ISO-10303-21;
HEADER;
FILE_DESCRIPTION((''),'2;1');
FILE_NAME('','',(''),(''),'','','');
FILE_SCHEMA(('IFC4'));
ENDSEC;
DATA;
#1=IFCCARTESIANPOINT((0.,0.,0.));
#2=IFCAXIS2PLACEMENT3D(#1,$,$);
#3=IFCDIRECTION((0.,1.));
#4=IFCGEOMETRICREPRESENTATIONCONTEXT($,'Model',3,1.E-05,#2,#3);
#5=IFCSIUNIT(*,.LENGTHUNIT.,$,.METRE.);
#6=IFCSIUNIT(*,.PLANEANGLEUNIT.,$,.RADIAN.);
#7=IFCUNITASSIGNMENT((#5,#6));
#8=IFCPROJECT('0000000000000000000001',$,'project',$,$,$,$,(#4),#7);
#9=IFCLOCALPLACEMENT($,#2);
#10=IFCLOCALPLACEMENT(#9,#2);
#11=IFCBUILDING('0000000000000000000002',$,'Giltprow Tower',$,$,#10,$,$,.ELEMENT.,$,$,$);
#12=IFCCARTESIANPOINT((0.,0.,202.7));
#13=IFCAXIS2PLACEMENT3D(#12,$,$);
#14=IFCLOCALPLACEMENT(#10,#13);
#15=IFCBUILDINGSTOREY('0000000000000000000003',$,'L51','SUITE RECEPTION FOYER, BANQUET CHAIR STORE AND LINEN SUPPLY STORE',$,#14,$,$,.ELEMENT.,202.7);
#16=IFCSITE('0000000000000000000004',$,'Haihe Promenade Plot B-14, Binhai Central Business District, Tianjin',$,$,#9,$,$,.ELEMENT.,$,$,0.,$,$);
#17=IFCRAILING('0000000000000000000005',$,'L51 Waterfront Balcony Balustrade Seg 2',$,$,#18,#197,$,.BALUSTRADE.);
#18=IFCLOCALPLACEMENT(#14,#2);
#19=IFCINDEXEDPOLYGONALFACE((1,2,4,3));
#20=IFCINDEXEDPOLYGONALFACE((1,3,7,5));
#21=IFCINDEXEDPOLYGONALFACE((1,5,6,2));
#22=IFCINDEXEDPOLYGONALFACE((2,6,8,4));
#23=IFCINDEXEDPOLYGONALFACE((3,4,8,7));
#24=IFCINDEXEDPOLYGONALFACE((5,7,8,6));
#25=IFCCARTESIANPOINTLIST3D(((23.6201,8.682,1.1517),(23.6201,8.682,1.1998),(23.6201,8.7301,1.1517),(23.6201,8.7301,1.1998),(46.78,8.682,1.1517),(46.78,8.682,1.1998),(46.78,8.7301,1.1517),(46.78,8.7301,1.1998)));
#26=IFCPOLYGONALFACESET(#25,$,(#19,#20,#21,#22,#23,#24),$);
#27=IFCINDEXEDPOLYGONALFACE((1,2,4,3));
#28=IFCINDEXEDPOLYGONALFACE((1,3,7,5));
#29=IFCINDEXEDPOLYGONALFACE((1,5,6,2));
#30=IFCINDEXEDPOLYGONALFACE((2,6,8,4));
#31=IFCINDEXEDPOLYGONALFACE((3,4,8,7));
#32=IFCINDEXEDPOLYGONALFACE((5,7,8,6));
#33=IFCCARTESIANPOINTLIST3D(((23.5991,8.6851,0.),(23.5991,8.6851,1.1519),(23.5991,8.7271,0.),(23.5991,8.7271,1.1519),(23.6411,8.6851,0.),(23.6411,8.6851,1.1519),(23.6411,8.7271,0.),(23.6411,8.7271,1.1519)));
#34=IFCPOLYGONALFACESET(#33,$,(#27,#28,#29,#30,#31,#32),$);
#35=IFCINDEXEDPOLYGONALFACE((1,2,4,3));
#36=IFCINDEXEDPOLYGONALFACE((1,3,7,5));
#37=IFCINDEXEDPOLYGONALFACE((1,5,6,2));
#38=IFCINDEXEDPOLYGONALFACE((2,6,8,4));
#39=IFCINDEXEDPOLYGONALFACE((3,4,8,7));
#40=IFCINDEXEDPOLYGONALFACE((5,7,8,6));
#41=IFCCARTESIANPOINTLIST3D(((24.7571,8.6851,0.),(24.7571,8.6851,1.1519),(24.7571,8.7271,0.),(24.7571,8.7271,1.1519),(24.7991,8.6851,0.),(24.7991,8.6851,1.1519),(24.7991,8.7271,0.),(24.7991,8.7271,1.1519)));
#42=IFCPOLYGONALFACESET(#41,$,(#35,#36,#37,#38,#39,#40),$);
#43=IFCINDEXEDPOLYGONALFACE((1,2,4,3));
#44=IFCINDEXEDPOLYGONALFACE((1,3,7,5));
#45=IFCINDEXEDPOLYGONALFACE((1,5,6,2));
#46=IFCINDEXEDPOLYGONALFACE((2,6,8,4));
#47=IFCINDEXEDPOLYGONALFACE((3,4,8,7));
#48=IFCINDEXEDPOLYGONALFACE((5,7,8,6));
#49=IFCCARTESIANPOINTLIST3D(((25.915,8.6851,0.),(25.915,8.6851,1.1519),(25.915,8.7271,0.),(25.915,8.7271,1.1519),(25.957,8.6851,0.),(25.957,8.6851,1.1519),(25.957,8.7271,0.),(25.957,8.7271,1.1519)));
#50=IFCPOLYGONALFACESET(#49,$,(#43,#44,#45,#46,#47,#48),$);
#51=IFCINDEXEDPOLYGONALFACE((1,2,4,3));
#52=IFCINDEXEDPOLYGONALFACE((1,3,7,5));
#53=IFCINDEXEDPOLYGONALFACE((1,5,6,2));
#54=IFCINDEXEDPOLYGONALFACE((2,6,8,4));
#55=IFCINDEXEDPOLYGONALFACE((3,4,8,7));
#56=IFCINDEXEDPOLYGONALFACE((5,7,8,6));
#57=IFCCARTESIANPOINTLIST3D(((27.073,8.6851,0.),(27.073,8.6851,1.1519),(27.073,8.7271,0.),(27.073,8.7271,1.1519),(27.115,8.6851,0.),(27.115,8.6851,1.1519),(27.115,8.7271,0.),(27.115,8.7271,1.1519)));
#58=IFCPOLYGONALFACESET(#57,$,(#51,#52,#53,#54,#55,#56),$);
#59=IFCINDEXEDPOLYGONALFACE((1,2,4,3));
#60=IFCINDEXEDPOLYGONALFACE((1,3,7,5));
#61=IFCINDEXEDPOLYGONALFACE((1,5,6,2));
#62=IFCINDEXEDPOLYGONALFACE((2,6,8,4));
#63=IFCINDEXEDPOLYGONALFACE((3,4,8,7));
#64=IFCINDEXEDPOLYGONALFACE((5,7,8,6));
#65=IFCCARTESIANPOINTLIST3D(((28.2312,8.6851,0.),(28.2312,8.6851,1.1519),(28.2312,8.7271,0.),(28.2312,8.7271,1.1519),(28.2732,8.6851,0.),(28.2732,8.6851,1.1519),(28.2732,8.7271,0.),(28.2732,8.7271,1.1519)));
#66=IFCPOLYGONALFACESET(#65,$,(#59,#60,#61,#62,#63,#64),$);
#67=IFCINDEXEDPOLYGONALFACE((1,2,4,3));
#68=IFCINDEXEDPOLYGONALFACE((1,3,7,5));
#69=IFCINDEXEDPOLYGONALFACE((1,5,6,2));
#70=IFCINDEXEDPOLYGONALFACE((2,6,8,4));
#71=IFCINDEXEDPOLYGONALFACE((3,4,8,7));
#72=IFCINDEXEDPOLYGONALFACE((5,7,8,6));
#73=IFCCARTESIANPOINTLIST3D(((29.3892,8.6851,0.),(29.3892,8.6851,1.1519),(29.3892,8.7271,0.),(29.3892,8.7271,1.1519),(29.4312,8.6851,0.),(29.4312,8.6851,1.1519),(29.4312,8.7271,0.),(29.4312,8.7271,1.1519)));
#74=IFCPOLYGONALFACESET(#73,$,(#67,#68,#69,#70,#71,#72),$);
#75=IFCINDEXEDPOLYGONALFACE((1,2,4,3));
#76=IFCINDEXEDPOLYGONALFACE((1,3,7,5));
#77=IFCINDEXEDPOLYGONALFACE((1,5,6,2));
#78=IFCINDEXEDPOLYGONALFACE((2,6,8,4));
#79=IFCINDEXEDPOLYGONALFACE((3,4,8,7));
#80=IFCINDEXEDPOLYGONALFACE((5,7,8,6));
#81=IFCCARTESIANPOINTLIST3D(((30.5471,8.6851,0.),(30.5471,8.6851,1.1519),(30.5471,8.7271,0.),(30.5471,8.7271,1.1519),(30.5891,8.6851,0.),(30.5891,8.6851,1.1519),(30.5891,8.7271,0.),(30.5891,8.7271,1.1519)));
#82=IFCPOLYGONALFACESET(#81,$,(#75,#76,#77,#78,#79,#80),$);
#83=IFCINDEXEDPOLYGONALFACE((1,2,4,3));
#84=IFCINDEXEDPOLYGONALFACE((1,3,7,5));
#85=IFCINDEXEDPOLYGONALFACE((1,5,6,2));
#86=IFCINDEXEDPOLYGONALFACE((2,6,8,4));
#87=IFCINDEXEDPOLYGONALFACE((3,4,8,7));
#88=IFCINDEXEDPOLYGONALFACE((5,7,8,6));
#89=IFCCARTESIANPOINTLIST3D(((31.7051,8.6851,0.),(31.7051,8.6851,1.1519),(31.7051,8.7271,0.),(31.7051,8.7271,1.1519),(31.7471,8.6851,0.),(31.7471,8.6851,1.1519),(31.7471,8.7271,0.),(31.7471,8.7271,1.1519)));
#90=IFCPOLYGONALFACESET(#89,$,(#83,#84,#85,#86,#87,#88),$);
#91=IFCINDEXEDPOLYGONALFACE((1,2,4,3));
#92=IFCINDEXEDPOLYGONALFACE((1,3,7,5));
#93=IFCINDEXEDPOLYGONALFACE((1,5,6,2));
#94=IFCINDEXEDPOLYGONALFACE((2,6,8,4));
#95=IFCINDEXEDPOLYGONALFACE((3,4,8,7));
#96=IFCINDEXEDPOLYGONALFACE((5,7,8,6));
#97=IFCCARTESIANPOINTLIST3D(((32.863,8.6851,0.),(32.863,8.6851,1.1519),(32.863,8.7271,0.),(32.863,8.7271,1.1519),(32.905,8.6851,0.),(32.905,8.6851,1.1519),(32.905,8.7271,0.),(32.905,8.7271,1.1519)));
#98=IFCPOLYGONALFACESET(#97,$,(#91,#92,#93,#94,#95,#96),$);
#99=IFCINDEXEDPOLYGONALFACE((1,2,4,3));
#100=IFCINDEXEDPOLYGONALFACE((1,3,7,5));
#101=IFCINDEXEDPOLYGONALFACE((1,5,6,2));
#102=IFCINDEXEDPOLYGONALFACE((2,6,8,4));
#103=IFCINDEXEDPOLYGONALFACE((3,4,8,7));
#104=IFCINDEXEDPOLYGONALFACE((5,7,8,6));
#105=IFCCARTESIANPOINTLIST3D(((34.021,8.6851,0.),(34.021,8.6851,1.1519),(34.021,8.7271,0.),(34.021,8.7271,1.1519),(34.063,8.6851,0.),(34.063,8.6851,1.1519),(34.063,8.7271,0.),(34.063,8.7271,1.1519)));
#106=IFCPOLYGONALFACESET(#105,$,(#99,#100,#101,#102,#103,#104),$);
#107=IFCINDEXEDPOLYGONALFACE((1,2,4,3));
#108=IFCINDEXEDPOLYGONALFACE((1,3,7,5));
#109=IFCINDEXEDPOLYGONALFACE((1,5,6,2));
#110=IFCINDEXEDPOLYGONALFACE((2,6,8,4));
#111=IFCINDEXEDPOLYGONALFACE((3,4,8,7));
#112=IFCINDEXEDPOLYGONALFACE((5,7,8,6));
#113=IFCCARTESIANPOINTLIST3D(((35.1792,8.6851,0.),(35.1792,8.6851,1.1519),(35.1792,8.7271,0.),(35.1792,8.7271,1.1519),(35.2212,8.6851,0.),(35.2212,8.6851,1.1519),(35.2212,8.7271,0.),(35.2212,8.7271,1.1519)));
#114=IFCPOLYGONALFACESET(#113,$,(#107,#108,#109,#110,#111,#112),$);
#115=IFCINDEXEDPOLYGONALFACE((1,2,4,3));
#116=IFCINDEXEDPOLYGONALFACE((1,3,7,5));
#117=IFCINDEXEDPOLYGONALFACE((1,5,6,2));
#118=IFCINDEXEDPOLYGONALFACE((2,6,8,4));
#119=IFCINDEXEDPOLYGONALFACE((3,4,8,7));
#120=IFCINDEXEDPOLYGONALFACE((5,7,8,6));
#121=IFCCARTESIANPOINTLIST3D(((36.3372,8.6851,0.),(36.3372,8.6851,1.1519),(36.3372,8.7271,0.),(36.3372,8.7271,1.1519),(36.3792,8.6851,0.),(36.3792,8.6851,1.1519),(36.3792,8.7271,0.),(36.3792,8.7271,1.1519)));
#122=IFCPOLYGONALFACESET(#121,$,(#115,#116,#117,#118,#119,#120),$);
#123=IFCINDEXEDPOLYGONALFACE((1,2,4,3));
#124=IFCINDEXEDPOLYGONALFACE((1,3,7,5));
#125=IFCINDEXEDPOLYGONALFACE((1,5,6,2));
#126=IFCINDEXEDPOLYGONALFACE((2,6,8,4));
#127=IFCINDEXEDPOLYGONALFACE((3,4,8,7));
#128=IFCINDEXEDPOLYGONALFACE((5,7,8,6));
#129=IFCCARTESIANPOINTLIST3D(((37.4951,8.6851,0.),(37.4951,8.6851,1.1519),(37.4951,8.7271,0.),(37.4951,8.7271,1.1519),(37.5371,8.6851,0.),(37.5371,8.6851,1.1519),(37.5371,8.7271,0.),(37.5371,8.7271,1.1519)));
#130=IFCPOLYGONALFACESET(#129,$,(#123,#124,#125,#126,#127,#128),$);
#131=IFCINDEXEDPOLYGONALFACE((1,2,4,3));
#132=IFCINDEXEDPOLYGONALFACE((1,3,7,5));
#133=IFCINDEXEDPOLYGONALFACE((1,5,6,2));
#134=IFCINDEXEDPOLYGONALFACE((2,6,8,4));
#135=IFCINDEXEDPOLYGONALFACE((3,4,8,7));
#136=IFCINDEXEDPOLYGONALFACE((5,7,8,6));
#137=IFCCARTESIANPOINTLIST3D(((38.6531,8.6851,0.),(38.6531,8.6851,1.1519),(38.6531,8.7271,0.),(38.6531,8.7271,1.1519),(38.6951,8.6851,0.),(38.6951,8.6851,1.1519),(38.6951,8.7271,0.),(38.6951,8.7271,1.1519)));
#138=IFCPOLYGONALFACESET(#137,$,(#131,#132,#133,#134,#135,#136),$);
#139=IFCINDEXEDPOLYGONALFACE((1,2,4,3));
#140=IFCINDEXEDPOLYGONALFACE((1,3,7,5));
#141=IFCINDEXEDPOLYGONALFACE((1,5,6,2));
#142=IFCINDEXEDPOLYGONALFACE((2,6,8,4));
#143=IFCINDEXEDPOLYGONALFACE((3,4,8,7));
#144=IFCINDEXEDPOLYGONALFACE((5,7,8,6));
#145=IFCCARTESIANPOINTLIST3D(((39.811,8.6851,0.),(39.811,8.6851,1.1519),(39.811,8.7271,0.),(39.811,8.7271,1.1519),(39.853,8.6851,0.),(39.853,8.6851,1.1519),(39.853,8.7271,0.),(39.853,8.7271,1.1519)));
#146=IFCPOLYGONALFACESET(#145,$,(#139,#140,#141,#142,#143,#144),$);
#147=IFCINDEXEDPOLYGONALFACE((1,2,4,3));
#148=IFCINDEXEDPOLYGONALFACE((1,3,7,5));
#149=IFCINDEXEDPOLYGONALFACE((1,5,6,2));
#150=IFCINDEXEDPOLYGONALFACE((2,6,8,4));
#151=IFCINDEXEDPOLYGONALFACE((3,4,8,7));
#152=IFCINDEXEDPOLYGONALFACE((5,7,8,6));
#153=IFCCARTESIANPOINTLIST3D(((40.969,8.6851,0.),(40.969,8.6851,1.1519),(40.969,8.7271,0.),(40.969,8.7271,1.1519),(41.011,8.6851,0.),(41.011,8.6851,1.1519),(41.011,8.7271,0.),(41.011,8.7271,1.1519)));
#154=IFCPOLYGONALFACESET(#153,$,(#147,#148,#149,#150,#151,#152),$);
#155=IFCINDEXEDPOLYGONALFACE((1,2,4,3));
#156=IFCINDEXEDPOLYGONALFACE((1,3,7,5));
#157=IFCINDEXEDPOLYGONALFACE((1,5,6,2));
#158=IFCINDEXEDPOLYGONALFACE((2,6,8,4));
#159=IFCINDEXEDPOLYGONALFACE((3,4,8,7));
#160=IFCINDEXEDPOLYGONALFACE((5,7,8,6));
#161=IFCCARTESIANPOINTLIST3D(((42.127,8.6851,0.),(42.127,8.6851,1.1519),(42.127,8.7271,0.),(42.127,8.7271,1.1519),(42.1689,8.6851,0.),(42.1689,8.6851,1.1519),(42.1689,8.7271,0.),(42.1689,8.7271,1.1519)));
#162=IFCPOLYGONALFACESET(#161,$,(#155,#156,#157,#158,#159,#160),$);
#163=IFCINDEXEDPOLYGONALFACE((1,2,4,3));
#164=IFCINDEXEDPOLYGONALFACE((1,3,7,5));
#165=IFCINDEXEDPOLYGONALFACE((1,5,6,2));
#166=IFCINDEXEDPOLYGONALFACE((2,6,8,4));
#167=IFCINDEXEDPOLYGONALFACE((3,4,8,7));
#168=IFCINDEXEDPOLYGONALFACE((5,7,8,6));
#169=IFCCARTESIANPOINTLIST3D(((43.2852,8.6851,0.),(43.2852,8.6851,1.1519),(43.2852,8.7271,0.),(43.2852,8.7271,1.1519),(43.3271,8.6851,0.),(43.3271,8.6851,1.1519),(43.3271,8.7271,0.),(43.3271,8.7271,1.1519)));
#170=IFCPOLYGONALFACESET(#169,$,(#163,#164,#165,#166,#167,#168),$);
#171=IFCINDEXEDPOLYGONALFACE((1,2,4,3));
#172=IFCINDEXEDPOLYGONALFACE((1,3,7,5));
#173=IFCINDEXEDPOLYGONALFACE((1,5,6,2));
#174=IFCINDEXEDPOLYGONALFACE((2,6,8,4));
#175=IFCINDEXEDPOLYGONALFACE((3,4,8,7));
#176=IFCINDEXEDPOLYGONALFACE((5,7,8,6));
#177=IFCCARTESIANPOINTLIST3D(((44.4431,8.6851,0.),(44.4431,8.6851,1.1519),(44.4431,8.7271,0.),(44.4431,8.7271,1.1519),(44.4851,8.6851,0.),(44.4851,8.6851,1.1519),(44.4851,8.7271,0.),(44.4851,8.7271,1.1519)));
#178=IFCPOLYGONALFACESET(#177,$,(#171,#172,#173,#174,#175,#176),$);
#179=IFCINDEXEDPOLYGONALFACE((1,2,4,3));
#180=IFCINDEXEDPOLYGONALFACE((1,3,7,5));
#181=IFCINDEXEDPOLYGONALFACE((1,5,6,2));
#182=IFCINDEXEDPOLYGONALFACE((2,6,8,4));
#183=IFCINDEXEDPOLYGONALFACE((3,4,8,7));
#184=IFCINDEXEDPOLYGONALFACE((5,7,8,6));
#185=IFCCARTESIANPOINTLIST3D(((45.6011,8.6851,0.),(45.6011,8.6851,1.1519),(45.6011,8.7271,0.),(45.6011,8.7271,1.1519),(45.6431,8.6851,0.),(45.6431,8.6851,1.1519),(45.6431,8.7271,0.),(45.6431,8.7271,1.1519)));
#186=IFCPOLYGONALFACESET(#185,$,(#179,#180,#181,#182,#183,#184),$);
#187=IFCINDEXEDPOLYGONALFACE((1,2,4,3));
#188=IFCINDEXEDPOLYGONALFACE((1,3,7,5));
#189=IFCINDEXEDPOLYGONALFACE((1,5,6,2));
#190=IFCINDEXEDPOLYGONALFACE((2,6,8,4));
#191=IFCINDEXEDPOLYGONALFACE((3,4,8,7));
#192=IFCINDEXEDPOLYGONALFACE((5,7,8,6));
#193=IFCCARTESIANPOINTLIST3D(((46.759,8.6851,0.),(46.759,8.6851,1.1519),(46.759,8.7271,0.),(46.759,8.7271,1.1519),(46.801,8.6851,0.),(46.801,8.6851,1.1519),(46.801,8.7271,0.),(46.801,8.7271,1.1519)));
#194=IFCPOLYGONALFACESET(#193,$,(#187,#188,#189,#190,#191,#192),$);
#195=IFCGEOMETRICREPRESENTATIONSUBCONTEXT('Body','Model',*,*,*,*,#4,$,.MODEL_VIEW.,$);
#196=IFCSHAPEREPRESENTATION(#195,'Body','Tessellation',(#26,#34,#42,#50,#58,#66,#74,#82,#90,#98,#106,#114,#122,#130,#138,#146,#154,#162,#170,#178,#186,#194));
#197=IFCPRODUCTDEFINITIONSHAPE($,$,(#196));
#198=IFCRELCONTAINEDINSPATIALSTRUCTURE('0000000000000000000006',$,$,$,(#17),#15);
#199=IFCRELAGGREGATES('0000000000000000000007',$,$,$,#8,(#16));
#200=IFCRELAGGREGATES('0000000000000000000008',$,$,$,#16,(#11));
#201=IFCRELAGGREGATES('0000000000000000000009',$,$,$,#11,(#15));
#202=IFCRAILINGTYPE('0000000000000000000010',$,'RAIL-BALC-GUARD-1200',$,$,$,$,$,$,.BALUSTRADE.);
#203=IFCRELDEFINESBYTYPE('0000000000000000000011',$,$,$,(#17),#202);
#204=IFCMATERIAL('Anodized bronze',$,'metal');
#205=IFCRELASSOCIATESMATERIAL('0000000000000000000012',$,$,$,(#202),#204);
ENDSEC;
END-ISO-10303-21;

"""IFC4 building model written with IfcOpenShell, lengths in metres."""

from ifc_helpers import new_model, si_unit, direction, frame, origin, origin_2d, place, context, subcontext, project, spatial, rectangle, extrude, material, type_object, element, save


model = new_model("IFC4")

# Units and contexts
model_context = context("Model", 3, precision=1e-05, world=origin(), true_north=direction((0.0, 1.0)))
body_context = subcontext(model_context, "Body", "Model", "MODEL_VIEW")
ifc_project = project(units=[si_unit("LENGTHUNIT", "METRE"), si_unit("PLANEANGLEUNIT", "RADIAN")], contexts=[model_context])

# Site, building, storey
site_placement = place(None, origin())
site = spatial("IfcSite", under=ifc_project, at=site_placement, Name="Haihe Promenade Plot B-14, Binhai Central Business District, Tianjin", CompositionType="ELEMENT", RefElevation=0.0)
building_placement = place(site_placement, origin())
building = spatial("IfcBuilding", under=site, at=building_placement, Name="Giltprow Tower", CompositionType="ELEMENT")
storey_placement = place(building_placement, frame((0.0, 0.0, 202.7)))
storey = spatial("IfcBuildingStorey", under=building, at=storey_placement, Name="L51", Description="SUITE RECEPTION FOYER, BANQUET CHAIR STORE AND LINEN SUPPLY STORE", CompositionType="ELEMENT", Elevation=202.7)

# Shared definitions
ifc_material_1 = material(Name="Anodized bronze", Category="metal")

# Railing
railing_type = type_object("IfcRailingType", Name="RAIL-BALC-GUARD-1200", PredefinedType="BALUSTRADE", material=ifc_material_1)
railing_1_placement = place(storey_placement, frame((23.6201, 8.7061, 0.0)))
element("IfcRailing", 1, at=railing_1_placement, inside=storey, type_object=railing_type, Name="L51 Waterfront Balcony Balustrade Seg 2", PredefinedType="BALUSTRADE", context=body_context, shape_type="SweptSolid", body=[
    extrude(rectangle(XDim=0.0481, YDim=0.0481, at=origin_2d()), frame((0.0, 0.0, 1.1758), z_axis=(1.0, 0.0, 0.0), x_axis=(0.0, 1.0, 0.0)), (0.0, 0.0, 1.0), 23.1599),
    extrude(rectangle(XDim=0.042, YDim=0.042, at=origin_2d()), origin(), (0.0, 0.0, 1.0), 1.1519),
    extrude(rectangle(XDim=0.042, YDim=0.042, at=origin_2d()), frame((1.158, 0.0, 0.0)), (0.0, 0.0, 1.0), 1.1519),
    extrude(rectangle(XDim=0.042, YDim=0.042, at=origin_2d()), frame((2.3159, 0.0, 0.0)), (0.0, 0.0, 1.0), 1.1519),
    extrude(rectangle(XDim=0.042, YDim=0.042, at=origin_2d()), frame((3.4739, 0.0, 0.0)), (0.0, 0.0, 1.0), 1.1519),
    extrude(rectangle(XDim=0.042, YDim=0.042, at=origin_2d()), frame((4.6321, 0.0, 0.0)), (0.0, 0.0, 1.0), 1.1519),
    extrude(rectangle(XDim=0.042, YDim=0.042, at=origin_2d()), frame((5.79, 0.0, 0.0)), (0.0, 0.0, 1.0), 1.1519),
    extrude(rectangle(XDim=0.042, YDim=0.042, at=origin_2d()), frame((6.948, 0.0, 0.0)), (0.0, 0.0, 1.0), 1.1519),
    extrude(rectangle(XDim=0.042, YDim=0.042, at=origin_2d()), frame((8.106, 0.0, 0.0)), (0.0, 0.0, 1.0), 1.1519),
    extrude(rectangle(XDim=0.042, YDim=0.042, at=origin_2d()), frame((9.2639, 0.0, 0.0)), (0.0, 0.0, 1.0), 1.1519),
    extrude(rectangle(XDim=0.042, YDim=0.042, at=origin_2d()), frame((10.4219, 0.0, 0.0)), (0.0, 0.0, 1.0), 1.1519),
    extrude(rectangle(XDim=0.042, YDim=0.042, at=origin_2d()), frame((11.5801, 0.0, 0.0)), (0.0, 0.0, 1.0), 1.1519),
    extrude(rectangle(XDim=0.042, YDim=0.042, at=origin_2d()), frame((12.738, 0.0, 0.0)), (0.0, 0.0, 1.0), 1.1519),
    extrude(rectangle(XDim=0.042, YDim=0.042, at=origin_2d()), frame((13.896, 0.0, 0.0)), (0.0, 0.0, 1.0), 1.1519),
    extrude(rectangle(XDim=0.042, YDim=0.042, at=origin_2d()), frame((15.054, 0.0, 0.0)), (0.0, 0.0, 1.0), 1.1519),
    extrude(rectangle(XDim=0.042, YDim=0.042, at=origin_2d()), frame((16.2119, 0.0, 0.0)), (0.0, 0.0, 1.0), 1.1519),
    extrude(rectangle(XDim=0.042, YDim=0.042, at=origin_2d()), frame((17.3699, 0.0, 0.0)), (0.0, 0.0, 1.0), 1.1519),
    extrude(rectangle(XDim=0.042, YDim=0.042, at=origin_2d()), frame((18.5278, 0.0, 0.0)), (0.0, 0.0, 1.0), 1.1519),
    extrude(rectangle(XDim=0.042, YDim=0.042, at=origin_2d()), frame((19.686, 0.0, 0.0)), (0.0, 0.0, 1.0), 1.1519),
    extrude(rectangle(XDim=0.042, YDim=0.042, at=origin_2d()), frame((20.844, 0.0, 0.0)), (0.0, 0.0, 1.0), 1.1519),
    extrude(rectangle(XDim=0.042, YDim=0.042, at=origin_2d()), frame((22.002, 0.0, 0.0)), (0.0, 0.0, 1.0), 1.1519),
    extrude(rectangle(XDim=0.042, YDim=0.042, at=origin_2d()), frame((23.1599, 0.0, 0.0)), (0.0, 0.0, 1.0), 1.1519),
])

save(model, "model.ifc")
